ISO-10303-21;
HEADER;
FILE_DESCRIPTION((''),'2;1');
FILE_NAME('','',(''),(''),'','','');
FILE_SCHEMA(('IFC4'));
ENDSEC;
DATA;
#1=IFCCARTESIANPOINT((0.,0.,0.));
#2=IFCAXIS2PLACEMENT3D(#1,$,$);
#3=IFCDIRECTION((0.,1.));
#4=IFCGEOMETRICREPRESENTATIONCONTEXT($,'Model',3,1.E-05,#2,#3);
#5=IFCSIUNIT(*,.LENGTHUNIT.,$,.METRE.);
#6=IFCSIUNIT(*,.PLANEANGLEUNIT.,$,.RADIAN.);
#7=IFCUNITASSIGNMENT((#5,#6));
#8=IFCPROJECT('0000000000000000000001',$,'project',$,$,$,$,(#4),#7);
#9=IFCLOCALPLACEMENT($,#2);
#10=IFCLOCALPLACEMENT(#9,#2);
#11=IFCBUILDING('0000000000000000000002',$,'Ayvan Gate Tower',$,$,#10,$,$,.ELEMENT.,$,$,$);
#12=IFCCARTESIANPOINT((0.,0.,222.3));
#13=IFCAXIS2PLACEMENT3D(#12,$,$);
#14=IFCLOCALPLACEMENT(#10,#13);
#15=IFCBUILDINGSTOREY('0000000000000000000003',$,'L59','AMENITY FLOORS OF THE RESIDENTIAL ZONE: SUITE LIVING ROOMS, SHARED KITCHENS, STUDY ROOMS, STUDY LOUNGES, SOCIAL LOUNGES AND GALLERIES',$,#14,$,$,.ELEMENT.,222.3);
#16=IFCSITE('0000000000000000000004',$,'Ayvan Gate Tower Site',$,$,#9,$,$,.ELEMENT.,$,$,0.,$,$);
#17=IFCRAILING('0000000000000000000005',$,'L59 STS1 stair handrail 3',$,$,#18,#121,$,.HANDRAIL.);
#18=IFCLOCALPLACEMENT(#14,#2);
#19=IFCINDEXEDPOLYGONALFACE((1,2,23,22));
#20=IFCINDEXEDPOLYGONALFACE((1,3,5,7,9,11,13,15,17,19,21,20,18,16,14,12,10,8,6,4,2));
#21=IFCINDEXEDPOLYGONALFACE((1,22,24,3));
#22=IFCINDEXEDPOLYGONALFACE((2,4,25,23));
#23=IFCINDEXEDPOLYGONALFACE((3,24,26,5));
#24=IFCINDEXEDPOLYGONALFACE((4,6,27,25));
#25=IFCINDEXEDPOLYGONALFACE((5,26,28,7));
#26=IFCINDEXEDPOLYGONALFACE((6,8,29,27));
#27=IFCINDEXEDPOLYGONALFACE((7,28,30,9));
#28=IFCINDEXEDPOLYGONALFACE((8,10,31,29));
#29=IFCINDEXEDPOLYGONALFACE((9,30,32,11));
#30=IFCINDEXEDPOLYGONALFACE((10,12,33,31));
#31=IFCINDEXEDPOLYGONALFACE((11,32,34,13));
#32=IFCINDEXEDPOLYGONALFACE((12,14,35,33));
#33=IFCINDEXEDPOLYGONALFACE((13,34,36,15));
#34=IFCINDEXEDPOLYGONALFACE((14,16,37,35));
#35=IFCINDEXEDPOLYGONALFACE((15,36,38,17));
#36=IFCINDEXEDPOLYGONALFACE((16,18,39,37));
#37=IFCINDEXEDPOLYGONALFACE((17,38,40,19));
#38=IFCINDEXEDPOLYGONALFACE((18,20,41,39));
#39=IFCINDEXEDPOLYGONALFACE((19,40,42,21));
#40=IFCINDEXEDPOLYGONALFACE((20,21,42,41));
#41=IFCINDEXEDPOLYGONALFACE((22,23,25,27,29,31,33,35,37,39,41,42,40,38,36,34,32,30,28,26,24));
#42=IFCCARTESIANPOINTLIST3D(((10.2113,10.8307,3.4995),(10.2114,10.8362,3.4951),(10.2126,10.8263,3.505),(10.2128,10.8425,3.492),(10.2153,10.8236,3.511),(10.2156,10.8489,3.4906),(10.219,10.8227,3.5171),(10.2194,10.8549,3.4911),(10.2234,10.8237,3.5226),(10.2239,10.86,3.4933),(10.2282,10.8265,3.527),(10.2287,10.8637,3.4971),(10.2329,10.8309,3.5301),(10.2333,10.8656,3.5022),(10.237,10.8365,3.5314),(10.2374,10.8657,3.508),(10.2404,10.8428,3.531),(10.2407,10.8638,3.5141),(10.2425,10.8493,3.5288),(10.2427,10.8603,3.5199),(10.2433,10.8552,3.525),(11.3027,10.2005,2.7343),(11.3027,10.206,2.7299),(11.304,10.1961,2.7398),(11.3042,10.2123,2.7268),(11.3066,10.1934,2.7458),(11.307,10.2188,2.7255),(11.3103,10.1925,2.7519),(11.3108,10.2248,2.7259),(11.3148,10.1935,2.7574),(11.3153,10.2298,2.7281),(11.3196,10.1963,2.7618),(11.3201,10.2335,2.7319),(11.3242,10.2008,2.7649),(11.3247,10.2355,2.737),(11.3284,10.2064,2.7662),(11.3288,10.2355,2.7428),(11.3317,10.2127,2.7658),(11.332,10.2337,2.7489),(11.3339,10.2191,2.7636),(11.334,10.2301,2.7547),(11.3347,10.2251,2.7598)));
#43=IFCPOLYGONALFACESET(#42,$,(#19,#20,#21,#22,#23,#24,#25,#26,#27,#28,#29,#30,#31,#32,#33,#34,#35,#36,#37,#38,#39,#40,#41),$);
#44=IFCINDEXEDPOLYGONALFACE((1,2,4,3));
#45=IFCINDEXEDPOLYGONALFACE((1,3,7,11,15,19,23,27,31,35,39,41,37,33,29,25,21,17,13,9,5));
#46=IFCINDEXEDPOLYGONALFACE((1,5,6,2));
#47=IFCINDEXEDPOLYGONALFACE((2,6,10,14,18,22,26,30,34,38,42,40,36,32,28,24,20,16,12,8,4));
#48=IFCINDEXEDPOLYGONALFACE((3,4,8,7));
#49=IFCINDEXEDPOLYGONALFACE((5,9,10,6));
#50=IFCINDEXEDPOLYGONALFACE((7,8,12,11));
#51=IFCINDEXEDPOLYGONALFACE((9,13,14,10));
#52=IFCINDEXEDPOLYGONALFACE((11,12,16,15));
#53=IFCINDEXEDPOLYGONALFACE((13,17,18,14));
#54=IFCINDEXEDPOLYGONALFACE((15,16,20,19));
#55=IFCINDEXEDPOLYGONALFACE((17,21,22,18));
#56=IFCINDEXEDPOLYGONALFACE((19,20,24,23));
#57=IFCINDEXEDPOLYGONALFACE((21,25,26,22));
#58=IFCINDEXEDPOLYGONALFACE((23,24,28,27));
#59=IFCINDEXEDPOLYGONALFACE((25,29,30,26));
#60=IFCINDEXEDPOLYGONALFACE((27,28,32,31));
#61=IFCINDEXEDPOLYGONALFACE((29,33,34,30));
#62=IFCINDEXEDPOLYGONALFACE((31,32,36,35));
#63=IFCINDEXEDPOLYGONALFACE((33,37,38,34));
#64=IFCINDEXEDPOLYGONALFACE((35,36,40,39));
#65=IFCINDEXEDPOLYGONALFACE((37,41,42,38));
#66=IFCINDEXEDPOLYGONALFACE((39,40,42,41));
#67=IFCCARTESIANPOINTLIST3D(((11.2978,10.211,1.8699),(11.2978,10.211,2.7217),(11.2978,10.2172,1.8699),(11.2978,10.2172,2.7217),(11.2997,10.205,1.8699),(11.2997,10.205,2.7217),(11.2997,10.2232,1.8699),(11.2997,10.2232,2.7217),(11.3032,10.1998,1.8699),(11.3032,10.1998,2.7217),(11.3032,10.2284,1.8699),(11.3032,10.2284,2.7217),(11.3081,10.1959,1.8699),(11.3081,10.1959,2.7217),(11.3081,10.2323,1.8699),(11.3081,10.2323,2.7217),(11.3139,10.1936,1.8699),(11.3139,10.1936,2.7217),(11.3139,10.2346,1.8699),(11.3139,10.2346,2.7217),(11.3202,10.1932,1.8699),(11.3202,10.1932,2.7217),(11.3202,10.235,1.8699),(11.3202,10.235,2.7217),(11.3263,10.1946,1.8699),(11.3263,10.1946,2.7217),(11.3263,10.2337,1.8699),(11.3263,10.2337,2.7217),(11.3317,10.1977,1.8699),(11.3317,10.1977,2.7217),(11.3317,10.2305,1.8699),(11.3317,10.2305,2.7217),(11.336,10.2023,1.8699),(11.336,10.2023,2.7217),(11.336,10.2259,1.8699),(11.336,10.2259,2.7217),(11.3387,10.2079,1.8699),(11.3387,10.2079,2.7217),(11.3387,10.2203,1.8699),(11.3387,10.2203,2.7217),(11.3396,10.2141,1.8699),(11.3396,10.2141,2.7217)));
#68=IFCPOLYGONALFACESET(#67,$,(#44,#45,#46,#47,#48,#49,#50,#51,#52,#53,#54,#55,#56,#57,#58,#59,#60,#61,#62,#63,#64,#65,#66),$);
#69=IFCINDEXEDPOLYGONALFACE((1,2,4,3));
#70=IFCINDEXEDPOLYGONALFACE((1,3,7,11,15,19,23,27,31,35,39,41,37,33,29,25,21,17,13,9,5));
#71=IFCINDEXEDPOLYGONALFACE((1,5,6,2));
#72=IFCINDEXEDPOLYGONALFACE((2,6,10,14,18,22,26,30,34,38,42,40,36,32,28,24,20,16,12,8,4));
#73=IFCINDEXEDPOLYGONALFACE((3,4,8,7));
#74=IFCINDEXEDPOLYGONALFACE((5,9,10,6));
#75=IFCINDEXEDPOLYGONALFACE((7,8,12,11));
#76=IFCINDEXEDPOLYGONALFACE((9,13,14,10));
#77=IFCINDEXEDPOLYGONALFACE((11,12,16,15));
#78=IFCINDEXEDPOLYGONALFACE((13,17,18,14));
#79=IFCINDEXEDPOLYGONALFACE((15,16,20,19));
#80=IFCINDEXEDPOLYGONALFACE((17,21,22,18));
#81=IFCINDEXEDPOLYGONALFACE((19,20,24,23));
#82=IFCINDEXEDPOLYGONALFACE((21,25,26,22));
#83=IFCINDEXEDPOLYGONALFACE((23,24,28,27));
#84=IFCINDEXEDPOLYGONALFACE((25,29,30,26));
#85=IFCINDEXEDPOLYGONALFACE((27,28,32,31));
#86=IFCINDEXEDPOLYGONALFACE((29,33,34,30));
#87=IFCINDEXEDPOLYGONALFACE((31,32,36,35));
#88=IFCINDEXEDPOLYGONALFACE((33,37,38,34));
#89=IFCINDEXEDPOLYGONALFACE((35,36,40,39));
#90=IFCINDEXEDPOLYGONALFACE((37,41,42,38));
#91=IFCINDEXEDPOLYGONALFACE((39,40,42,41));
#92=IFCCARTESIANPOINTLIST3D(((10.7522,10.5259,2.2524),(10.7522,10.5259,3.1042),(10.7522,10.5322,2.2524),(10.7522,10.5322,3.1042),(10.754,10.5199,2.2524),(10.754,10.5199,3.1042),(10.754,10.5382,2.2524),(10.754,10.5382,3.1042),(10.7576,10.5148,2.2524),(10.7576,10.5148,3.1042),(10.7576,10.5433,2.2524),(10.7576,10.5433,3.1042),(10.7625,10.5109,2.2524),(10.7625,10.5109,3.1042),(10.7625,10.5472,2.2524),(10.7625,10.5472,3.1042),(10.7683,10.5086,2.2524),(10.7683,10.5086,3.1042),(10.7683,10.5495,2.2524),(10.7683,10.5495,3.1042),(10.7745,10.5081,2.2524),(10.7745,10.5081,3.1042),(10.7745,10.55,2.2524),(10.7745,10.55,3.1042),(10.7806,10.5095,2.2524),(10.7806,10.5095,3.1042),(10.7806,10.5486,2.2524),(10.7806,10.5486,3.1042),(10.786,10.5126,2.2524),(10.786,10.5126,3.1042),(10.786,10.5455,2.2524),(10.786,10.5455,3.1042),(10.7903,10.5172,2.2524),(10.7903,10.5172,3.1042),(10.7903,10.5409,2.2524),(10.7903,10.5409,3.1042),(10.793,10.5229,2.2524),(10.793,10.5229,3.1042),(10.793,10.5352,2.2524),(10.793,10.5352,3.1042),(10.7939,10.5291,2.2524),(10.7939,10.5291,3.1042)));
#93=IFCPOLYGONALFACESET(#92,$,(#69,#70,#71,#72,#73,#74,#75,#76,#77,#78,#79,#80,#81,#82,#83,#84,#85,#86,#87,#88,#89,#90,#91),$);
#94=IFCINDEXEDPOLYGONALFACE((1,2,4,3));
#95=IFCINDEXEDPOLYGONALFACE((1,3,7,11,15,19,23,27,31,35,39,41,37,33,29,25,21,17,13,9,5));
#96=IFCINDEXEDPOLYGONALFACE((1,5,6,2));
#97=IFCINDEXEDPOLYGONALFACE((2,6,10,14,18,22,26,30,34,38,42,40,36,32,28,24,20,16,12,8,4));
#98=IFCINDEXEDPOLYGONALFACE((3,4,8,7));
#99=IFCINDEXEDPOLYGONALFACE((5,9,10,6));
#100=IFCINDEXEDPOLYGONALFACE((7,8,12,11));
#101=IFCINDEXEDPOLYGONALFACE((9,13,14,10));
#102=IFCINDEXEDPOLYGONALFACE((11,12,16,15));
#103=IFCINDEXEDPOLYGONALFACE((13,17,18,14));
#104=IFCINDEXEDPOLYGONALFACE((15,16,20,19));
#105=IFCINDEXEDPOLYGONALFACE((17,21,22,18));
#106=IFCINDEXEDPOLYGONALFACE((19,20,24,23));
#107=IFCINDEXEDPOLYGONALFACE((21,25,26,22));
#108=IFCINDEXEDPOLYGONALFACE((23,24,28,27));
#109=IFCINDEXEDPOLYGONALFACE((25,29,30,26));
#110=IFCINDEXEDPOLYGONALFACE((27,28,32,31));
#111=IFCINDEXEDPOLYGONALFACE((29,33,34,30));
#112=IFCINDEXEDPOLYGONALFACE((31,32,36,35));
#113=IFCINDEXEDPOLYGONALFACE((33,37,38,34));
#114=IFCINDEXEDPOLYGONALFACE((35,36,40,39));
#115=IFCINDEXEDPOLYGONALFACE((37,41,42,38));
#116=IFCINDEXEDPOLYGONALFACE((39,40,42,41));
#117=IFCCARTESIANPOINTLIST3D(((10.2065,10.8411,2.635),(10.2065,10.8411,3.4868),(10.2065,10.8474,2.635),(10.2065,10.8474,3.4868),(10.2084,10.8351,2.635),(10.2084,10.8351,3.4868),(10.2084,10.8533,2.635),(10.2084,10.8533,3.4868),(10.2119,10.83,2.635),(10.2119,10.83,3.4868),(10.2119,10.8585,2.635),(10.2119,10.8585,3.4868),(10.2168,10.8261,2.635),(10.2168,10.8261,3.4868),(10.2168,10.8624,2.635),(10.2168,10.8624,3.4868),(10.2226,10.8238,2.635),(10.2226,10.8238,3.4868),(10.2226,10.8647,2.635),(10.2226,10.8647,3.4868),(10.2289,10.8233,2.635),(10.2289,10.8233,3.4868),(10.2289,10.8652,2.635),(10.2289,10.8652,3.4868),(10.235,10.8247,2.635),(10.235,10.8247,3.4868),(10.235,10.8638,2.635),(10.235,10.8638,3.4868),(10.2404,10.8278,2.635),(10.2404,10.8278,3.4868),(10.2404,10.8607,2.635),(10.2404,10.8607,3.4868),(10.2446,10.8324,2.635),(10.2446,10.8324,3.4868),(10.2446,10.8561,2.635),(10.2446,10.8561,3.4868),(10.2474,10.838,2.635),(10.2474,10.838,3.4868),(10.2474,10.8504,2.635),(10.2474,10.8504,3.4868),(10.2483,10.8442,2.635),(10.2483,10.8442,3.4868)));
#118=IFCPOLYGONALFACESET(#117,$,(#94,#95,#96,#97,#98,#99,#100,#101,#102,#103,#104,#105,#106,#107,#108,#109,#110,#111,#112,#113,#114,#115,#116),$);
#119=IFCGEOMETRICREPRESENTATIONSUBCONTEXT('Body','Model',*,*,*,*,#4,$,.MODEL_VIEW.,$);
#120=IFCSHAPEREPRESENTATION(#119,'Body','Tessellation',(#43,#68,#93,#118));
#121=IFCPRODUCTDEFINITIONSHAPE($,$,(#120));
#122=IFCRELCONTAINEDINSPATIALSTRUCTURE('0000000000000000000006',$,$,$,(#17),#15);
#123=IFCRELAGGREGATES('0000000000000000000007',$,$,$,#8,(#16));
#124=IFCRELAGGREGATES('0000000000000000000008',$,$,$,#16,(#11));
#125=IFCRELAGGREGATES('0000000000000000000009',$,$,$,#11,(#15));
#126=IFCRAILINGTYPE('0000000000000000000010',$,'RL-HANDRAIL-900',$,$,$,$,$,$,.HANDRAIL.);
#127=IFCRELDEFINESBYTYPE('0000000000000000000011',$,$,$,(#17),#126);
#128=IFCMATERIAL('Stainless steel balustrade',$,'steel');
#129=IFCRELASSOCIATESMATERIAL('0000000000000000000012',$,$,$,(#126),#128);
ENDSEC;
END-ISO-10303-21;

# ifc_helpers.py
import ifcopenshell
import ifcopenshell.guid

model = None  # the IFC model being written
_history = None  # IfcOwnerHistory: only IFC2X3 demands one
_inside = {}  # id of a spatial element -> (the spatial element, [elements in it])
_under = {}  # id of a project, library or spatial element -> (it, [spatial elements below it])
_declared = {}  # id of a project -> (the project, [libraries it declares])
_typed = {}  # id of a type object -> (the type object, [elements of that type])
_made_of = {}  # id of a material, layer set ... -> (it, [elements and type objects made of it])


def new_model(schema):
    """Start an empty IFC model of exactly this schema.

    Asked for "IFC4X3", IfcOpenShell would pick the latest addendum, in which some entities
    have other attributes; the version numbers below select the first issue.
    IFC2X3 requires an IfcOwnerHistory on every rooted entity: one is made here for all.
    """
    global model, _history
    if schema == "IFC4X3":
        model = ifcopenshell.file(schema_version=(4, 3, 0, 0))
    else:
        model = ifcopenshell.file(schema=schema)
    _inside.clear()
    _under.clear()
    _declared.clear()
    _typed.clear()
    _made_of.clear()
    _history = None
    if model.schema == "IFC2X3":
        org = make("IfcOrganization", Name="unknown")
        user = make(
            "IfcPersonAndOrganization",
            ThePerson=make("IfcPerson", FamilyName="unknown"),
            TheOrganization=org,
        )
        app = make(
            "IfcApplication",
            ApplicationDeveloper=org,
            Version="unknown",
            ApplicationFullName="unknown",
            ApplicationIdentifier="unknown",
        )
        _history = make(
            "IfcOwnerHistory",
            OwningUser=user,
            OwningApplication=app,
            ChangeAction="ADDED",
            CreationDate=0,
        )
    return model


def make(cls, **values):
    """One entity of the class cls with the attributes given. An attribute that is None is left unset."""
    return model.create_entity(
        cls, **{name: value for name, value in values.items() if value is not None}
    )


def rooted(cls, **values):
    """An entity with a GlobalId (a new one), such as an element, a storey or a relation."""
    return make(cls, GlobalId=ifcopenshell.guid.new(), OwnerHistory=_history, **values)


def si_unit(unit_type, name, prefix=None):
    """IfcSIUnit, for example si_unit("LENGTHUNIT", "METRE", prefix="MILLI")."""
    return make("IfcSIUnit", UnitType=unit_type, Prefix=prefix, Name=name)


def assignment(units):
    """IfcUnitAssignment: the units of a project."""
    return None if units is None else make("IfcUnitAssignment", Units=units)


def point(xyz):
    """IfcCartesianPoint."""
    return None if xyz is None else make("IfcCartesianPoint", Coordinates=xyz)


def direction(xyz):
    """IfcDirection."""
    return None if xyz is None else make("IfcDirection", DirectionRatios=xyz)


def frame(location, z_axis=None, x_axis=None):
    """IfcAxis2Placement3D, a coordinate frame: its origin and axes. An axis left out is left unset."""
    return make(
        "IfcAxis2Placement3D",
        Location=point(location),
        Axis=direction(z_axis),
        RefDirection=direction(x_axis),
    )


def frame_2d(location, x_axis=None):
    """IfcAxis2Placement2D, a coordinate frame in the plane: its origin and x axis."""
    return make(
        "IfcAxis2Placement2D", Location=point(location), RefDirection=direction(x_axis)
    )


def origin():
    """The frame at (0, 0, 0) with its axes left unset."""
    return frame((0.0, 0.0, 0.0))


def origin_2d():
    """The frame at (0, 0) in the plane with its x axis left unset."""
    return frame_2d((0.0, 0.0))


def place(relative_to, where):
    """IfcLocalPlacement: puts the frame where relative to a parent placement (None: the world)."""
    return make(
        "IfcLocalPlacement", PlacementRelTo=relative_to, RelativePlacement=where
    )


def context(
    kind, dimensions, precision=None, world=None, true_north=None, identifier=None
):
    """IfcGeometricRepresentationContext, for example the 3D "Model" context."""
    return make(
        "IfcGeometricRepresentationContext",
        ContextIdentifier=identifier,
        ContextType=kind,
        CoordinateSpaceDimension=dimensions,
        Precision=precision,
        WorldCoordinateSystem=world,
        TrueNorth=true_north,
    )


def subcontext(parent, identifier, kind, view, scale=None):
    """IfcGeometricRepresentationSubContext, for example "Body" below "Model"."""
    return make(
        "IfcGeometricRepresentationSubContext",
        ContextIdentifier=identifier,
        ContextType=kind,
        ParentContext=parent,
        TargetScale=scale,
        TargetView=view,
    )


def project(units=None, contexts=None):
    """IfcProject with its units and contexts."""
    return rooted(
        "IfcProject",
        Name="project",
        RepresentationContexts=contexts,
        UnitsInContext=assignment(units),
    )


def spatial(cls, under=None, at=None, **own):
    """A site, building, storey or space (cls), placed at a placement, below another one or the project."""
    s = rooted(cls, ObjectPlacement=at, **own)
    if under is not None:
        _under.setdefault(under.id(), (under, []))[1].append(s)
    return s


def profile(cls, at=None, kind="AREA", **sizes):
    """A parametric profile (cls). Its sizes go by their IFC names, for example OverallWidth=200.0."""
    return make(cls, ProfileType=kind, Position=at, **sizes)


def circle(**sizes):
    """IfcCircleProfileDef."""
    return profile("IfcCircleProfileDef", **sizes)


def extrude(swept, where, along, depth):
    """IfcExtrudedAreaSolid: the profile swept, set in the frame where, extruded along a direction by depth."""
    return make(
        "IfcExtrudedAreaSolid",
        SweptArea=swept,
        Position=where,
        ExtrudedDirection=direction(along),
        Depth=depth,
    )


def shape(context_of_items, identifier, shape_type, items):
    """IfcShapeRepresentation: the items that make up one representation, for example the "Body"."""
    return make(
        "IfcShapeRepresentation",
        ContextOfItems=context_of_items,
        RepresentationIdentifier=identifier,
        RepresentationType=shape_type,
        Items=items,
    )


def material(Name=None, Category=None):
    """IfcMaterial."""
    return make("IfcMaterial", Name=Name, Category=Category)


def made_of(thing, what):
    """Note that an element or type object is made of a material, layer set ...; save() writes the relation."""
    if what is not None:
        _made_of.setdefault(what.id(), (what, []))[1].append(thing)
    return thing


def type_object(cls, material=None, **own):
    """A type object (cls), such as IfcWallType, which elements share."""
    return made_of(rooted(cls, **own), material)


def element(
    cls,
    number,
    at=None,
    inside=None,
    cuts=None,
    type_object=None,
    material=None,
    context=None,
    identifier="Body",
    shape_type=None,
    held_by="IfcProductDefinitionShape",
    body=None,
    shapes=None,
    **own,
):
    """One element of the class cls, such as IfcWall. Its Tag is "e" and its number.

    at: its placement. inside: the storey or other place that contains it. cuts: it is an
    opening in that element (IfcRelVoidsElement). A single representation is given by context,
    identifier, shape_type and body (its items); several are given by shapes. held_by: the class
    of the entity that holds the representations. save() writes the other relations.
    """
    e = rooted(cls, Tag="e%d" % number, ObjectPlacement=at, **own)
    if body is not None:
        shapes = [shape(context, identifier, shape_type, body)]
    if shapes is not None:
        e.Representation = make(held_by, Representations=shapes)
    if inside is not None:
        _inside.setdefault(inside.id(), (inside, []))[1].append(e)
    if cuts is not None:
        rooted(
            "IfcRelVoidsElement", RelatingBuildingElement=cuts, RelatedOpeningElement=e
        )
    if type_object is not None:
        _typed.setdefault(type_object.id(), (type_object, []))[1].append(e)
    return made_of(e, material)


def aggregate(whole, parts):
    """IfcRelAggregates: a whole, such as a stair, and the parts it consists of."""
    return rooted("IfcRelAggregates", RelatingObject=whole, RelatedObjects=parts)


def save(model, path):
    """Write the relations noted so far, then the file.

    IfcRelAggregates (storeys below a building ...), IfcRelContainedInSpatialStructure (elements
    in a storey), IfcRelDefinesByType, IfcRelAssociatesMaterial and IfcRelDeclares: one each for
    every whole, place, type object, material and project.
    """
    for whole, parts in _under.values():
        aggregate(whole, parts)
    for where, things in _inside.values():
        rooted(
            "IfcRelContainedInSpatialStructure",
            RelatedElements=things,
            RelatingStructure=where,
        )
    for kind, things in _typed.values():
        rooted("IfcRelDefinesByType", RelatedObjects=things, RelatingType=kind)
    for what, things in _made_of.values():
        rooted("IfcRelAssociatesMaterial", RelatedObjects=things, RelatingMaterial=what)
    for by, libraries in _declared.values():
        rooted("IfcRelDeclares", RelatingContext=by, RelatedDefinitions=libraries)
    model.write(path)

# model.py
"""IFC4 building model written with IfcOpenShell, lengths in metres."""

from ifc_helpers import new_model, si_unit, direction, frame, origin, origin_2d, place, context, subcontext, project, spatial, circle, extrude, material, type_object, element, save


model = new_model("IFC4")

# Units and contexts
model_context = context("Model", 3, precision=1e-05, world=origin(), true_north=direction((0.0, 1.0)))
body_context = subcontext(model_context, "Body", "Model", "MODEL_VIEW")
ifc_project = project(units=[si_unit("LENGTHUNIT", "METRE"), si_unit("PLANEANGLEUNIT", "RADIAN")], contexts=[model_context])

# Site, building, storey
site_placement = place(None, origin())
site = spatial("IfcSite", under=ifc_project, at=site_placement, Name="Ayvan Gate Tower Site", CompositionType="ELEMENT", RefElevation=0.0)
building_placement = place(site_placement, origin())
building = spatial("IfcBuilding", under=site, at=building_placement, Name="Ayvan Gate Tower", CompositionType="ELEMENT")
storey_placement = place(building_placement, frame((0.0, 0.0, 222.3)))
storey = spatial("IfcBuildingStorey", under=building, at=storey_placement, Name="L59", Description="AMENITY FLOORS OF THE RESIDENTIAL ZONE: SUITE LIVING ROOMS, SHARED KITCHENS, STUDY ROOMS, STUDY LOUNGES, SOCIAL LOUNGES AND GALLERIES", CompositionType="ELEMENT", Elevation=222.3)

# Railing
ifc_material_1 = material(Name="Stainless steel balustrade", Category="steel")
railing_type_1 = type_object("IfcRailingType", Name="RL-HANDRAIL-900", PredefinedType="HANDRAIL", material=ifc_material_1)
railing_1_placement = place(storey_placement, frame((11.3186, 10.2141, 1.8699)))
element("IfcRailing", 1, at=railing_1_placement, inside=storey, type_object=railing_type_1, Name="L59 STS1 stair handrail 3", PredefinedType="HANDRAIL", context=body_context, shape_type="SweptSolid", body=[
    extrude(circle(Radius=0.0239, at=origin_2d()), frame((0.0, 0.0, 0.876), z_axis=(-0.740241, 0.427419, 0.518996), x_axis=(-0.500035, -0.866005, 0.0)), (0.0, 0.0, 1.0), 1.4744),
    extrude(circle(Radius=0.021, at=origin_2d()), origin(), (0.0, 0.0, 1.0), 0.8518),
    extrude(circle(Radius=0.021, at=origin_2d()), frame((-0.5457, 0.3149, 0.3826)), (0.0, 0.0, 1.0), 0.8518),
    extrude(circle(Radius=0.021, at=origin_2d()), frame((-1.0913, 0.6301, 0.7651)), (0.0, 0.0, 1.0), 0.8518),
])

save(model, "model.ifc")
